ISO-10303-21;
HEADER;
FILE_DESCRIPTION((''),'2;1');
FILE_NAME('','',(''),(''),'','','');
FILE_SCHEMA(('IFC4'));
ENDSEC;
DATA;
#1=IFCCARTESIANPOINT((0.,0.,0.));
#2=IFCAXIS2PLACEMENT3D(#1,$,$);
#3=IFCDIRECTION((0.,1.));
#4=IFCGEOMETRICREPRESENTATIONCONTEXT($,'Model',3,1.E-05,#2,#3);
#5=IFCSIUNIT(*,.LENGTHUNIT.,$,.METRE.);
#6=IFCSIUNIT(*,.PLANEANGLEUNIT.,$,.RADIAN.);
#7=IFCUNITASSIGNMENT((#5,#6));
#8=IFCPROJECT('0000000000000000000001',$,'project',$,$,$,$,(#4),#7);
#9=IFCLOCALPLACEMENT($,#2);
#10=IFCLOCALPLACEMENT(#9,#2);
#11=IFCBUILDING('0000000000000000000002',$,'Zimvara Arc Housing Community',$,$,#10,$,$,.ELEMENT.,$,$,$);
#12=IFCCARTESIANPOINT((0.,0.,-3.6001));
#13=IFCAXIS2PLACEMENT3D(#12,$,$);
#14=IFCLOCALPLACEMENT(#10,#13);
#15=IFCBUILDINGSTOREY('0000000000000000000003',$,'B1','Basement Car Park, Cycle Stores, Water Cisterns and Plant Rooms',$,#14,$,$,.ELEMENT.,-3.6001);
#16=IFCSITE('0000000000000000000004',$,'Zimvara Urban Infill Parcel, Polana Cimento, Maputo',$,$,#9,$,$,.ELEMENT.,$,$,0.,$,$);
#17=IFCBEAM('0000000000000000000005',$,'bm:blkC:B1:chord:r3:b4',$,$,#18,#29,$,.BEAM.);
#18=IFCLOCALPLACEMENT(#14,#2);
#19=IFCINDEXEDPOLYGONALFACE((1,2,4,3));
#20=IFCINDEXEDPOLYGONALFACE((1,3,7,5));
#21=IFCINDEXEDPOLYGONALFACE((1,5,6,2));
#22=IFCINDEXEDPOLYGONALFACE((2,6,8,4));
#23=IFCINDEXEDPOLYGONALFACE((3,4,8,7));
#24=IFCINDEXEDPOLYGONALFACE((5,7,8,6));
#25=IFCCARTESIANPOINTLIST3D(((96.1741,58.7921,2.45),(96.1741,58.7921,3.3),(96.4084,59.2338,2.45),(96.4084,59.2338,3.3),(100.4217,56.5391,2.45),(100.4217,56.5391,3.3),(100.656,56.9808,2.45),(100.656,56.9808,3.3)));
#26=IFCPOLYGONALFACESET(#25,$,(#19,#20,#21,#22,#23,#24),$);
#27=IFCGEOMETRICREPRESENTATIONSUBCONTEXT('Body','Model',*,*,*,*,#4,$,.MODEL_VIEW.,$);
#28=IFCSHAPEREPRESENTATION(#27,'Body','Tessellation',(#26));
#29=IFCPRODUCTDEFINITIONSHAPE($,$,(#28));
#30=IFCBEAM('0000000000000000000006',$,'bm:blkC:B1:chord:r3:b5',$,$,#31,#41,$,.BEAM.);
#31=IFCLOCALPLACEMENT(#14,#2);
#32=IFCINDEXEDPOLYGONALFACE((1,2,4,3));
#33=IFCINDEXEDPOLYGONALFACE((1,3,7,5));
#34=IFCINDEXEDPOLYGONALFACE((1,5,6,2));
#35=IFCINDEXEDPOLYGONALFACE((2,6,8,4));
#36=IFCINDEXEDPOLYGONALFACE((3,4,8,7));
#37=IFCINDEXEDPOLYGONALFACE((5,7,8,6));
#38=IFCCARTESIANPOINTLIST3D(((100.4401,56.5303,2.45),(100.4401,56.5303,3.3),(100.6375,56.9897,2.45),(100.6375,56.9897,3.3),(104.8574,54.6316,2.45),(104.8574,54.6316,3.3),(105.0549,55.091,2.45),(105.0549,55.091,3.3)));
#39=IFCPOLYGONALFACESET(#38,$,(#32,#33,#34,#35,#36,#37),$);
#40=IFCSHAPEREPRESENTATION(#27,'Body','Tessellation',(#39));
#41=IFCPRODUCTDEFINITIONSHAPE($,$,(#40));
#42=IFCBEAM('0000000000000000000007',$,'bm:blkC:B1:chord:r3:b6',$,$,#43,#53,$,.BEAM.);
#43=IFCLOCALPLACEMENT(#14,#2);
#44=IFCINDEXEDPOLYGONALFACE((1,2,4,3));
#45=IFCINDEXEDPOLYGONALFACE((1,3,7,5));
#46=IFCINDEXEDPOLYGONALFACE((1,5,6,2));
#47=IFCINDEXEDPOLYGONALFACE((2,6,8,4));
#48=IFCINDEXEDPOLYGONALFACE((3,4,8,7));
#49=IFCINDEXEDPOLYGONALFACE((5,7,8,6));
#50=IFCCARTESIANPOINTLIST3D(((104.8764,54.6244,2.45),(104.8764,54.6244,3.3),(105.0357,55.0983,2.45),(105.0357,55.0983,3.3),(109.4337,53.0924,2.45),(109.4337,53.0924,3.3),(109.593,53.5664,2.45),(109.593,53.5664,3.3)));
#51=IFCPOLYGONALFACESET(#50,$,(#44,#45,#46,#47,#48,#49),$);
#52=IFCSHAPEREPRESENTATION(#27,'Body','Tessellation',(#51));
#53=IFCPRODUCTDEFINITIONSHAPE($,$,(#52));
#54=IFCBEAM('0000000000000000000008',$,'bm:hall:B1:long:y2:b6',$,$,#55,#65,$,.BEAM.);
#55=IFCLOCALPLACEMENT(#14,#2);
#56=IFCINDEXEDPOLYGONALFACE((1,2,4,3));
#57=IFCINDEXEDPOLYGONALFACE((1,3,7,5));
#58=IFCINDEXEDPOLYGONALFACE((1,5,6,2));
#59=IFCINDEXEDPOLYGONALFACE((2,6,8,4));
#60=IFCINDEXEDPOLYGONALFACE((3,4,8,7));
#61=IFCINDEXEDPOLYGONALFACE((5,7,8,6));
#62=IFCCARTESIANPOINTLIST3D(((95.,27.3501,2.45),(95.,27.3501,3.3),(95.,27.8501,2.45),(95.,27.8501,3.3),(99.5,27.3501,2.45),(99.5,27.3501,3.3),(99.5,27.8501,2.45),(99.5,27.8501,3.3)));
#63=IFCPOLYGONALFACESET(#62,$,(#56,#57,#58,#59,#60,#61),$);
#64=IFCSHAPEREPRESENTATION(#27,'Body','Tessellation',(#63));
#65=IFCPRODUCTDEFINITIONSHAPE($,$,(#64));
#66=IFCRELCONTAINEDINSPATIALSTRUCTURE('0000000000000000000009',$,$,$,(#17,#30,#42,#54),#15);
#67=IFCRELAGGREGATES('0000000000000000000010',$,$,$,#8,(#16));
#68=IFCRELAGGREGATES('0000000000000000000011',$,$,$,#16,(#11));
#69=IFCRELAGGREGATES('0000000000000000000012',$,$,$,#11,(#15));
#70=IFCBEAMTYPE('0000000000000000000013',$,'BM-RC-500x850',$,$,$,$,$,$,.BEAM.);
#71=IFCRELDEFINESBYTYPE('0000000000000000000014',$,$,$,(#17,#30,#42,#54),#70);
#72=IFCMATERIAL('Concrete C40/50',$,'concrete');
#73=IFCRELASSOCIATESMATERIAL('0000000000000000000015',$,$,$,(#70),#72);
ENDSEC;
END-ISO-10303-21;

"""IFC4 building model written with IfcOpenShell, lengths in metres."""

from ifc_helpers import new_model, si_unit, direction, frame, origin, origin_2d, place, context, subcontext, project, spatial, rectangle, extrude, material, material_profile, profile_set, type_object, element, save


model = new_model("IFC4")

# Units and contexts
model_context = context("Model", 3, precision=1e-05, world=origin(), true_north=direction((0.0, 1.0)))
body_context = subcontext(model_context, "Body", "Model", "MODEL_VIEW")
ifc_project = project(units=[si_unit("LENGTHUNIT", "METRE"), si_unit("PLANEANGLEUNIT", "RADIAN")], contexts=[model_context])

# Site, building, storey
site_placement = place(None, origin())
site = spatial("IfcSite", under=ifc_project, at=site_placement, Name="Zimvara Urban Infill Parcel, Polana Cimento, Maputo", CompositionType="ELEMENT", RefElevation=0.0)
building_placement = place(site_placement, origin())
building = spatial("IfcBuilding", under=site, at=building_placement, Name="Zimvara Arc Housing Community", CompositionType="ELEMENT")
storey_placement = place(building_placement, frame((0.0, 0.0, -3.6001)))
storey = spatial("IfcBuildingStorey", under=building, at=storey_placement, Name="B1", Description="Basement Car Park, Cycle Stores, Water Cisterns and Plant Rooms", CompositionType="ELEMENT", Elevation=-3.6001)

# Beams
ifc_material_1 = material(Name="Concrete C40/50", Category="concrete")
ifc_material_profile_1 = material_profile(ifc_material_1, rectangle(XDim=0.5, YDim=0.8501, at=origin_2d()), Name="RC 500x850")
ifc_profile_set_1 = profile_set([ifc_material_profile_1], Name="Concrete C40/50")
beam_type = type_object("IfcBeamType", Name="BM-RC-500x850", PredefinedType="BEAM", material=ifc_profile_set_1)
for number, where, z_axis, x_axis, name in (
    (1, (96.2913, 59.0129, 2.875), (0.883425, -0.468573, 0.0), (0.468573, 0.883425, 0.0), "bm:blkC:B1:chord:r3:b4"),
    (2, (100.5388, 56.76, 2.875), (0.918724, -0.3949, 0.0), (0.3949, 0.918724, 0.0), "bm:blkC:B1:chord:r3:b5"),
):
    element("IfcBeam", number, at=place(storey_placement, frame(where, z_axis=z_axis, x_axis=x_axis)), inside=storey, type_object=beam_type, Name=name, PredefinedType="BEAM", context=body_context, shape_type="SweptSolid", body=[
        extrude(rectangle(XDim=0.5, YDim=0.8501, at=origin_2d()), origin(), (0.0, 0.0, 1.0), 4.8081),
    ])
beam_1_placement = place(storey_placement, frame((104.9561, 54.8613, 2.875), z_axis=(0.947878, -0.318634, 0.0), x_axis=(0.318634, 0.947878, 0.0)))
element("IfcBeam", 3, at=beam_1_placement, inside=storey, type_object=beam_type, Name="bm:blkC:B1:chord:r3:b6", PredefinedType="BEAM", context=body_context, shape_type="SweptSolid", body=[
    extrude(rectangle(XDim=0.5, YDim=0.8501, at=origin_2d()), origin(), (0.0, 0.0, 1.0), 4.8079),
])
beam_2_placement = place(storey_placement, frame((95.0, 27.6001, 2.875), z_axis=(1.0, 0.0, 0.0), x_axis=(0.0, 1.0, 0.0)))
element("IfcBeam", 4, at=beam_2_placement, inside=storey, type_object=beam_type, Name="bm:hall:B1:long:y2:b6", PredefinedType="BEAM", context=body_context, shape_type="SweptSolid", body=[
    extrude(rectangle(XDim=0.5, YDim=0.8501, at=origin_2d()), origin(), (0.0, 0.0, 1.0), 4.5),
])

save(model, "model.ifc")
